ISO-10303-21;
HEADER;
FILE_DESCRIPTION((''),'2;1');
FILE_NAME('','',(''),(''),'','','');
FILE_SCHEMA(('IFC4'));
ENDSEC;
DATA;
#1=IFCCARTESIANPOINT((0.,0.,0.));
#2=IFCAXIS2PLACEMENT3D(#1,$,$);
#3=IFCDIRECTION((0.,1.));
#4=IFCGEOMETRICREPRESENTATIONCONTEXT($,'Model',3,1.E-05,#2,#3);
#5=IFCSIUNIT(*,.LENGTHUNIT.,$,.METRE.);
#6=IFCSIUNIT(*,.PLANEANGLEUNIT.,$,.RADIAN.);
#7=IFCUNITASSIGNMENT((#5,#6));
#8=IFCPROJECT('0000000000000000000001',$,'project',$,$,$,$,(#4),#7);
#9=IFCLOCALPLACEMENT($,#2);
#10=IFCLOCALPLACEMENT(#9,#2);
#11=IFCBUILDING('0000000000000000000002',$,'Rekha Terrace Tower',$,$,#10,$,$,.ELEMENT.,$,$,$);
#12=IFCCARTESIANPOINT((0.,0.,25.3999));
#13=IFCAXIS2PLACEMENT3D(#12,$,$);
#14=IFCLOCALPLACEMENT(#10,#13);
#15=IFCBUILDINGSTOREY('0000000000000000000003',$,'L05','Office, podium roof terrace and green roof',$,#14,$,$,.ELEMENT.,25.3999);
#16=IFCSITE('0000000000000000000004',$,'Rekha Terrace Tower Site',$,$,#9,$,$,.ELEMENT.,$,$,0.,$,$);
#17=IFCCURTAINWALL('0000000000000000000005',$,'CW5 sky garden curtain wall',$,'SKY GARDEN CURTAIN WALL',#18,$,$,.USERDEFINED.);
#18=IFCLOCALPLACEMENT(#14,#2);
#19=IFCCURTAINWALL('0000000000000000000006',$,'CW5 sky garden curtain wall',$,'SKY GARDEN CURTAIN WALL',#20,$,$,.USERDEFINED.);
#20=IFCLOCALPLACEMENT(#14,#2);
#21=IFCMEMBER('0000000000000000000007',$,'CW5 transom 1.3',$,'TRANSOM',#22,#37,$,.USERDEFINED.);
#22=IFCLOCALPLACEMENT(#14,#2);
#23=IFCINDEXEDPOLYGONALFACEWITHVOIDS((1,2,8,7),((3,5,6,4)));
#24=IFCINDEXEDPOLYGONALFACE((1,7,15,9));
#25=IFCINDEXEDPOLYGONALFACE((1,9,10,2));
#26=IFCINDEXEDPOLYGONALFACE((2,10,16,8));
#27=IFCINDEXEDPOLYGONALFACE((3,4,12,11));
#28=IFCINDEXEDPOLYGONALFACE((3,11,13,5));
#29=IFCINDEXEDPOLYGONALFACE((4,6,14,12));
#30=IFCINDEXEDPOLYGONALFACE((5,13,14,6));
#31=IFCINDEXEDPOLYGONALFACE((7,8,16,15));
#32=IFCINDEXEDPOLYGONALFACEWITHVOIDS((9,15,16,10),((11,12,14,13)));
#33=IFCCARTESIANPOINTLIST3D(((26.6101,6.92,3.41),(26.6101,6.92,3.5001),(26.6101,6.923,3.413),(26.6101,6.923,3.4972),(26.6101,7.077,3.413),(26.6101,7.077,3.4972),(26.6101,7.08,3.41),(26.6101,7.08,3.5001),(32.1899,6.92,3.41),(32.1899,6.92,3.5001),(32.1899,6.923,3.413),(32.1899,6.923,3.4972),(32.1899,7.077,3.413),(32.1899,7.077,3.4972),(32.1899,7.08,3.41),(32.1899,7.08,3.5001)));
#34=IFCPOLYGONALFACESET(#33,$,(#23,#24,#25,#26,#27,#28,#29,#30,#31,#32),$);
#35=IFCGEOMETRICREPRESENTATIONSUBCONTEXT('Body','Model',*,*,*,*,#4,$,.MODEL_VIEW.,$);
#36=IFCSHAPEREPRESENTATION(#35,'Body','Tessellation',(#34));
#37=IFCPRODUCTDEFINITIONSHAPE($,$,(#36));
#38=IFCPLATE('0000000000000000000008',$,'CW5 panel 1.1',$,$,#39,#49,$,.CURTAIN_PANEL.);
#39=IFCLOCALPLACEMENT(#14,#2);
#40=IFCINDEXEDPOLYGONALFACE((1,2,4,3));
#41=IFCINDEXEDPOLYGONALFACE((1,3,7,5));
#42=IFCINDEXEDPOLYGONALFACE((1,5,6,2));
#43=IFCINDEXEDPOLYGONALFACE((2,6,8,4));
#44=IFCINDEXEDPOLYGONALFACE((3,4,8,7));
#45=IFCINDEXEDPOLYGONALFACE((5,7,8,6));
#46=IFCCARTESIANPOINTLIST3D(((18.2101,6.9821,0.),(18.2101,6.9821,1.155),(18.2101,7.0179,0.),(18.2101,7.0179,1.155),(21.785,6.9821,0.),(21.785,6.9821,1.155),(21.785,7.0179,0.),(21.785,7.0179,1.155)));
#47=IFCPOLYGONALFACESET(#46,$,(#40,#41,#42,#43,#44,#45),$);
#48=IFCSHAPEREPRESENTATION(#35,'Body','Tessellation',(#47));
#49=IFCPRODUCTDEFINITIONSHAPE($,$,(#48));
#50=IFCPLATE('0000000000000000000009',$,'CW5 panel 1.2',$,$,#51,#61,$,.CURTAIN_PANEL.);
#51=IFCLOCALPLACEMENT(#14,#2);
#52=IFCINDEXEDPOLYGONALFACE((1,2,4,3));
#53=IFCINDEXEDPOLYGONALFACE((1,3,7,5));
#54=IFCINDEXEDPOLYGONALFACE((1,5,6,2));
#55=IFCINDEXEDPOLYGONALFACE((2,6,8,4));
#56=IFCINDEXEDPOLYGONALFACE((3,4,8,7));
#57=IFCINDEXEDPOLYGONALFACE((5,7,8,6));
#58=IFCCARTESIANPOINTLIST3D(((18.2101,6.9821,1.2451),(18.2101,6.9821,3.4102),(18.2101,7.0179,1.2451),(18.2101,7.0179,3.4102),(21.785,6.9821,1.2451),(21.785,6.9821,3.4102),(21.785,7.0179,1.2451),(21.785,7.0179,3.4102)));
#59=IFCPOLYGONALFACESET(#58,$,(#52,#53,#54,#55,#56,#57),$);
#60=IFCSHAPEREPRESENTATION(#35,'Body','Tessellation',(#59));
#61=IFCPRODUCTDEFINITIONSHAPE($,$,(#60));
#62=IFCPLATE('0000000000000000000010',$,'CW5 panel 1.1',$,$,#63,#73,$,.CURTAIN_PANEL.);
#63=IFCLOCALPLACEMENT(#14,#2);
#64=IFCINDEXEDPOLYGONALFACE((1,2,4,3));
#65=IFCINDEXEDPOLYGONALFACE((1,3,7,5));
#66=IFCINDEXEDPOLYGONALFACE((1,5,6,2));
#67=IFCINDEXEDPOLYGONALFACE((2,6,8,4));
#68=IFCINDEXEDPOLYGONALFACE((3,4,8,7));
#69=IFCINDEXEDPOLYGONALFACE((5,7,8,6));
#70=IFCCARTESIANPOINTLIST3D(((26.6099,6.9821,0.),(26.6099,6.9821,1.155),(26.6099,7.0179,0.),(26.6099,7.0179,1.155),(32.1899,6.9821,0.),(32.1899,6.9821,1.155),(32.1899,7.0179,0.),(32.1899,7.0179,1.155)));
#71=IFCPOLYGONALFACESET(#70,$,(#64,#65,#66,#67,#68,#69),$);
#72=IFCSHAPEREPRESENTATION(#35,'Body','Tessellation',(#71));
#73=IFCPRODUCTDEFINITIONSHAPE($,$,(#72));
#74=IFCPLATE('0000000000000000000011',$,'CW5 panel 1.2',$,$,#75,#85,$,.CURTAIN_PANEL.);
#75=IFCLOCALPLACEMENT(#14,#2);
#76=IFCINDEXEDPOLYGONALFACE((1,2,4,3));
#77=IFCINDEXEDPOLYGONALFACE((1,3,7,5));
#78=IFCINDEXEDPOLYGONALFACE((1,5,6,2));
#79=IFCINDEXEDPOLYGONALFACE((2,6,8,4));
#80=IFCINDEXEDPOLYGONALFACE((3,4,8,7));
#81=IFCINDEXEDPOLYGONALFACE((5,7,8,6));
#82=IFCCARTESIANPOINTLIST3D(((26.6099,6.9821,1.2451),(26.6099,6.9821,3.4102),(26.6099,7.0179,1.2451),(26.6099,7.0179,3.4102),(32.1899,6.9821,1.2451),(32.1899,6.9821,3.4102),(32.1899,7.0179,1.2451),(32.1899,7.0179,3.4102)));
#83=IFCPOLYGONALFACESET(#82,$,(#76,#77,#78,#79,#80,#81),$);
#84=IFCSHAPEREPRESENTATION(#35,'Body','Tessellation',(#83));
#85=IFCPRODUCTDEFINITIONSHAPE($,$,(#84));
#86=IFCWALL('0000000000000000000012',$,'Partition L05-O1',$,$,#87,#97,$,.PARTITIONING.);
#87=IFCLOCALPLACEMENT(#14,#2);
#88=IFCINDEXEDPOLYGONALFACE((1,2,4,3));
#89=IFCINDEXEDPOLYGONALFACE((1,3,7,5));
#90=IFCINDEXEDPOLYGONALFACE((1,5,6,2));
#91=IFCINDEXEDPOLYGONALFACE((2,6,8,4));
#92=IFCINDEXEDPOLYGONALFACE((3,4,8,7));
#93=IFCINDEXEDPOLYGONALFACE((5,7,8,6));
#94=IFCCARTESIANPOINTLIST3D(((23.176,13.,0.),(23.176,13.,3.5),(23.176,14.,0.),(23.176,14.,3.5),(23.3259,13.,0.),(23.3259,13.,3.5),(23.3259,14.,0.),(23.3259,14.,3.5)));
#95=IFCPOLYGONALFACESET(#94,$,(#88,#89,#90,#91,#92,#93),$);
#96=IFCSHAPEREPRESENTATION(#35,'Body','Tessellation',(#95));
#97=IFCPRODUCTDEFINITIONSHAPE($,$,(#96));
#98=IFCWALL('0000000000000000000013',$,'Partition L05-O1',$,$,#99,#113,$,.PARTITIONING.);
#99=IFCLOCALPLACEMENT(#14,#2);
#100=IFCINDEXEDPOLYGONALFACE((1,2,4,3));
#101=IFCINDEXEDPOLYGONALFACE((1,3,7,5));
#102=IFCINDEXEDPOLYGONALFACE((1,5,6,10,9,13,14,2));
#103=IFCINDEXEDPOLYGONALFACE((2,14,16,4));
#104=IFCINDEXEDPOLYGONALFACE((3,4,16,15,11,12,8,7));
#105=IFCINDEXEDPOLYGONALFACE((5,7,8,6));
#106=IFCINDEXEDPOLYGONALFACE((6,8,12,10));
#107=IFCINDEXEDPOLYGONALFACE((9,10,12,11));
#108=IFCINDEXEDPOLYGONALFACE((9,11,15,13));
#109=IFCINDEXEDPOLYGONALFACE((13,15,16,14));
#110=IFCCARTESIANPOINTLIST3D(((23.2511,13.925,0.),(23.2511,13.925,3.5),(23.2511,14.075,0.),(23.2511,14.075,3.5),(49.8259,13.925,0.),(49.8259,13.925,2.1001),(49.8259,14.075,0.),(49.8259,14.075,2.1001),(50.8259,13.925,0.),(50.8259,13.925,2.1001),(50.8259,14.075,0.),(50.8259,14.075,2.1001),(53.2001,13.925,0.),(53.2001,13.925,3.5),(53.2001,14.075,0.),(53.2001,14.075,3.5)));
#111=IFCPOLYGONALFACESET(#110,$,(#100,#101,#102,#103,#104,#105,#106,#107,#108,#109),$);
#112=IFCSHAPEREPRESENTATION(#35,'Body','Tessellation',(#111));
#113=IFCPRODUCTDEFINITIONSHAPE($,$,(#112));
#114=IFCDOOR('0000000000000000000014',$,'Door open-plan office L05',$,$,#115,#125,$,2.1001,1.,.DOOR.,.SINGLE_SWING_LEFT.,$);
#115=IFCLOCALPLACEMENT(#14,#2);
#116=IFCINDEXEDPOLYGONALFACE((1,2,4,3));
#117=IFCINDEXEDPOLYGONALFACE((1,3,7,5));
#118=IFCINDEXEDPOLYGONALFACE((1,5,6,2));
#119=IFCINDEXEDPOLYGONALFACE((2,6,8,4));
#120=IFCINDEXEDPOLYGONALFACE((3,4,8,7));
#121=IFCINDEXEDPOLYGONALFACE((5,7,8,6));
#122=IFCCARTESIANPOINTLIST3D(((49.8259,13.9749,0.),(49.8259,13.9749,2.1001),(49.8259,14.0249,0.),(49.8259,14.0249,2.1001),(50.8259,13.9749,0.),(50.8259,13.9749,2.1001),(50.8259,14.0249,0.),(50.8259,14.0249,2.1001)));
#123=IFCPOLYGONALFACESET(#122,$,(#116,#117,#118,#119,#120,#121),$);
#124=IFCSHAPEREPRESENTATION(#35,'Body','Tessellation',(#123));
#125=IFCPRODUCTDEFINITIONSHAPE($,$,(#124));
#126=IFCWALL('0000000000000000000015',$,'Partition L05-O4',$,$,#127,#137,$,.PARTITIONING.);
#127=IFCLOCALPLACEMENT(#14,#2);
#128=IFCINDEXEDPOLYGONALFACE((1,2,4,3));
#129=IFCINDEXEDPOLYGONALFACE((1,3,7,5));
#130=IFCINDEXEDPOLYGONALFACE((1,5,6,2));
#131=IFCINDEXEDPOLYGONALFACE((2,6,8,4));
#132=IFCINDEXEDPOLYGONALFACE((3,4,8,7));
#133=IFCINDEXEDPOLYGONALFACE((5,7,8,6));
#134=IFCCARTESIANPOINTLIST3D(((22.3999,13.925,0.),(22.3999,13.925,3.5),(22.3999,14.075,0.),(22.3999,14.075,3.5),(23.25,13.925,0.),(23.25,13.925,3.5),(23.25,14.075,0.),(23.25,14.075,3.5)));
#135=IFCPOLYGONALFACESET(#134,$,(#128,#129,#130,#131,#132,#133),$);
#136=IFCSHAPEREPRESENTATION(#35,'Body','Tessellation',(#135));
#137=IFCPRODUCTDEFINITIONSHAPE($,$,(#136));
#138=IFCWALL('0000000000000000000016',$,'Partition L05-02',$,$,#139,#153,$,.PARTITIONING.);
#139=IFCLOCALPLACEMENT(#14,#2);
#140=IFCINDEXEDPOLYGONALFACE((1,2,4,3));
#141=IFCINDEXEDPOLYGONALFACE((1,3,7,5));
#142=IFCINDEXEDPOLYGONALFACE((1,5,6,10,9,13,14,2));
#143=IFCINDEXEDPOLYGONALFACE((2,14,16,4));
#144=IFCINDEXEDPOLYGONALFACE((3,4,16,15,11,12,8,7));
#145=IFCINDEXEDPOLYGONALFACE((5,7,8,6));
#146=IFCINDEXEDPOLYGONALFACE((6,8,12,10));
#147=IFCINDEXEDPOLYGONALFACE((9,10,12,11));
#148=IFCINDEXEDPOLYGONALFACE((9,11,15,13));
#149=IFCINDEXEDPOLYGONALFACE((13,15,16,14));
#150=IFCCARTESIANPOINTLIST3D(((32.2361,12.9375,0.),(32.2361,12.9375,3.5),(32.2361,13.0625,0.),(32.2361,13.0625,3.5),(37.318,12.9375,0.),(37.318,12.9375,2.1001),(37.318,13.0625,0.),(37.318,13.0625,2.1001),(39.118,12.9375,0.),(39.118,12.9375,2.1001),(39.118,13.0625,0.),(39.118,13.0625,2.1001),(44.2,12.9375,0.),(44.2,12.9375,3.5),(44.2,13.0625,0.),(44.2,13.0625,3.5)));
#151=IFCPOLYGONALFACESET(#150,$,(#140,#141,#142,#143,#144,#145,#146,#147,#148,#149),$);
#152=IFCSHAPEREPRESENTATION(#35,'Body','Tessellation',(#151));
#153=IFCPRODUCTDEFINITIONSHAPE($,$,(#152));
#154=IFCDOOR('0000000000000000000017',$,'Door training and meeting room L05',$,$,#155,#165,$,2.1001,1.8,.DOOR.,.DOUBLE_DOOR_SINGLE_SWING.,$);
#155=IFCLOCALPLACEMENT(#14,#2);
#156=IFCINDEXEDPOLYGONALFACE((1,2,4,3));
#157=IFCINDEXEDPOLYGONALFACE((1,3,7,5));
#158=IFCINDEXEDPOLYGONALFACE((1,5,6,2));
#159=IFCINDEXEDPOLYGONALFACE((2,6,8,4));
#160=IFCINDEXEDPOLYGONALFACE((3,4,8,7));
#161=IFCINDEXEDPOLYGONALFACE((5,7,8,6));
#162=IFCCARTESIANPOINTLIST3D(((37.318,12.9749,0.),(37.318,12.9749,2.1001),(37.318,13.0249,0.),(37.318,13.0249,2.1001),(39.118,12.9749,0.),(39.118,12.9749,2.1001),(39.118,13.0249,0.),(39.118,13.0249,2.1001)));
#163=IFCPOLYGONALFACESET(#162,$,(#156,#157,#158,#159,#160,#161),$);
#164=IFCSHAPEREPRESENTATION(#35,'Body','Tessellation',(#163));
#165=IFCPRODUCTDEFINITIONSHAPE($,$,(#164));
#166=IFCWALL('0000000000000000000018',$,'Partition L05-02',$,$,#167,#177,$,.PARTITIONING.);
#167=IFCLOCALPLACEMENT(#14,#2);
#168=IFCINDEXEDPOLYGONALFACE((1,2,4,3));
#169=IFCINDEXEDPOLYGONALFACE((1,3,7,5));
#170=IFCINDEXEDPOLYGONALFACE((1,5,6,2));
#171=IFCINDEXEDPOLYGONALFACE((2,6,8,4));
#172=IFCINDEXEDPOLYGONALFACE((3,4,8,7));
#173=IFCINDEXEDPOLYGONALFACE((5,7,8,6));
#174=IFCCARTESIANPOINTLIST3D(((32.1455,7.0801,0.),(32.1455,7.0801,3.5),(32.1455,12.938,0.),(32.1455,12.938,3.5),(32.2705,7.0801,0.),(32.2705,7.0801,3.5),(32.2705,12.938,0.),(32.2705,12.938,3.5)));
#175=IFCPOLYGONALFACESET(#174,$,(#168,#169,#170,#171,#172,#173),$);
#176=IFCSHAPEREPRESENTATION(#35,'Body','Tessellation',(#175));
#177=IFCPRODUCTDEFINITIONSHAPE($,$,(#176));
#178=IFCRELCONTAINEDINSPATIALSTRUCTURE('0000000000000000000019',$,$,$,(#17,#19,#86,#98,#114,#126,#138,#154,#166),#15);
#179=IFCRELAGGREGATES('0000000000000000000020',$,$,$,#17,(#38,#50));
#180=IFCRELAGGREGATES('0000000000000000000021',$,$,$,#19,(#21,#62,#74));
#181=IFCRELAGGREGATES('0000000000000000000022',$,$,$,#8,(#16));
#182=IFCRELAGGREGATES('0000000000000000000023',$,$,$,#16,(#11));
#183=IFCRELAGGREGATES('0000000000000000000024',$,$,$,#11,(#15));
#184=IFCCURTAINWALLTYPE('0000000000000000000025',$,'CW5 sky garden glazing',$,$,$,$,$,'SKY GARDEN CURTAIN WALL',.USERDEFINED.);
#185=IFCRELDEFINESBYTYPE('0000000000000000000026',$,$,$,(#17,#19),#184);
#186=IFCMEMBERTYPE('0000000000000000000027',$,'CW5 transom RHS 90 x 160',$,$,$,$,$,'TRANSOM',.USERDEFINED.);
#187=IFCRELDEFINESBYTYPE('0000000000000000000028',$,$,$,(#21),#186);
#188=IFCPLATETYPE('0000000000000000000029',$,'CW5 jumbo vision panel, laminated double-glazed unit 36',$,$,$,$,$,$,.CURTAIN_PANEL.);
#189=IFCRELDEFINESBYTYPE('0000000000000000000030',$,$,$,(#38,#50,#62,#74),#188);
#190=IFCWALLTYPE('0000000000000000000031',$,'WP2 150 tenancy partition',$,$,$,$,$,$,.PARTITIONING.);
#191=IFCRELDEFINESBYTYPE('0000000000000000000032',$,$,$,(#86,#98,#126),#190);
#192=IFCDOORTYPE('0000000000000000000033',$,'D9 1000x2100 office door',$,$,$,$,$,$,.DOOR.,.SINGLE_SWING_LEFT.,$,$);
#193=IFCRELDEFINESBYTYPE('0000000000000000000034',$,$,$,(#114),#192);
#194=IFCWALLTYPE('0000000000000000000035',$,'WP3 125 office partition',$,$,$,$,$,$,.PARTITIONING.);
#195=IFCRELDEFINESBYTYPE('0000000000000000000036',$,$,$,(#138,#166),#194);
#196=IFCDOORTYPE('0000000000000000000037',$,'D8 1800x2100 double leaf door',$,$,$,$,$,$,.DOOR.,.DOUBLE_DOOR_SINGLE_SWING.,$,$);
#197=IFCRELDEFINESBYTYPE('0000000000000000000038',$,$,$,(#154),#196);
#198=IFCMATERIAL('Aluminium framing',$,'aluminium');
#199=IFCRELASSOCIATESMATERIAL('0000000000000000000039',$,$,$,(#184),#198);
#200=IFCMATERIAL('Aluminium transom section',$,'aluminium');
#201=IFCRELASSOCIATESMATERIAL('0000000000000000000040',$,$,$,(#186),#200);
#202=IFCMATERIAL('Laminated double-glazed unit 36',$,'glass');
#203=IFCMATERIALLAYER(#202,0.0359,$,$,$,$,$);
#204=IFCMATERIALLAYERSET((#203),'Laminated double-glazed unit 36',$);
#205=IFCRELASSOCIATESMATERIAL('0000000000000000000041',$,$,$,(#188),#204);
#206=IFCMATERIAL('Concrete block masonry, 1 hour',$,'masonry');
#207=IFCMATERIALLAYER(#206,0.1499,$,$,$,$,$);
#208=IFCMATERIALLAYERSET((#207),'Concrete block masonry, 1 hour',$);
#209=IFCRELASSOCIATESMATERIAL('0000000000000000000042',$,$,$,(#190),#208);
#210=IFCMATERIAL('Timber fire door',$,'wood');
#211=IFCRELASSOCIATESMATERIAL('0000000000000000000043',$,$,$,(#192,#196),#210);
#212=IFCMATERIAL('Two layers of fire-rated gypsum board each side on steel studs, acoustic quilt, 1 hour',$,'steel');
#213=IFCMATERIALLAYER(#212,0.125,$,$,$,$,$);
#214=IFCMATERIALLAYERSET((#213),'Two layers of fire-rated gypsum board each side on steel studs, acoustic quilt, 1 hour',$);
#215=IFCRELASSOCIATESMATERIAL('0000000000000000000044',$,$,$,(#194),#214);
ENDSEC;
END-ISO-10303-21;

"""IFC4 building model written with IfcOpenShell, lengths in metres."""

from ifc_helpers import new_model, si_unit, direction, frame, frame_2d, origin, origin_2d, place, context, subcontext, project, spatial, rectangle, hollow_rectangle, extrude, material, layer, layer_set, material_profile, profile_set, type_object, element, fill, aggregate, save


model = new_model("IFC4")

# Units and contexts
model_context = context("Model", 3, precision=1e-05, world=origin(), true_north=direction((0.0, 1.0)))
body_context = subcontext(model_context, "Body", "Model", "MODEL_VIEW")
ifc_project = project(units=[si_unit("LENGTHUNIT", "METRE"), si_unit("PLANEANGLEUNIT", "RADIAN")], contexts=[model_context])

# Site, building, storey
site_placement = place(None, origin())
site = spatial("IfcSite", under=ifc_project, at=site_placement, Name="Rekha Terrace Tower Site", CompositionType="ELEMENT", RefElevation=0.0)
building_placement = place(site_placement, origin())
building = spatial("IfcBuilding", under=site, at=building_placement, Name="Rekha Terrace Tower", CompositionType="ELEMENT")
storey_placement = place(building_placement, frame((0.0, 0.0, 25.3999)))
storey = spatial("IfcBuildingStorey", under=building, at=storey_placement, Name="L05", Description="Office, podium roof terrace and green roof", CompositionType="ELEMENT", Elevation=25.3999)

# Shared definitions
ifc_material_1 = material(Name="Aluminium framing", Category="aluminium")
curtain_wall_type = type_object("IfcCurtainWallType", Name="CW5 sky garden glazing", ElementType="SKY GARDEN CURTAIN WALL", PredefinedType="USERDEFINED", material=ifc_material_1)

# Curtain walls
curtain_wall_1_placement = place(storey_placement, origin())
curtain_wall_1 = element("IfcCurtainWall", 1, at=curtain_wall_1_placement, inside=storey, type_object=curtain_wall_type, Name="CW5 sky garden curtain wall", ObjectType="SKY GARDEN CURTAIN WALL", PredefinedType="USERDEFINED")
curtain_wall_2_placement = place(storey_placement, origin())
curtain_wall_2 = element("IfcCurtainWall", 2, at=curtain_wall_2_placement, inside=storey, type_object=curtain_wall_type, Name="CW5 sky garden curtain wall", ObjectType="SKY GARDEN CURTAIN WALL", PredefinedType="USERDEFINED")

# Member
ifc_material_2 = material(Name="Aluminium transom section", Category="aluminium")
ifc_material_profile_1 = material_profile(ifc_material_2, hollow_rectangle(XDim=0.1599, YDim=0.0901, WallThickness=0.0029, at=origin_2d()), Name="AL RHS 160x90")
ifc_profile_set_1 = profile_set([ifc_material_profile_1], Name="Aluminium transom section")
member_type_1 = type_object("IfcMemberType", Name="CW5 transom RHS 90 x 160", ElementType="TRANSOM", PredefinedType="USERDEFINED", material=ifc_profile_set_1)
member_1_placement = place(storey_placement, frame((26.6101, 7.0, 3.4551), z_axis=(1.0, 0.0, 0.0), x_axis=(0.0, 1.0, 0.0)))
member_1 = element("IfcMember", 3, at=member_1_placement, type_object=member_type_1, Name="CW5 transom 1.3", ObjectType="TRANSOM", PredefinedType="USERDEFINED", context=body_context, shape_type="SweptSolid", body=[
    extrude(hollow_rectangle(XDim=0.1599, YDim=0.0901, WallThickness=0.0029, at=origin_2d()), origin(), (0.0, 0.0, 1.0), 5.5798),
])

# Plates
ifc_material_3 = material(Name="Laminated double-glazed unit 36", Category="glass")
ifc_layer_1 = layer(ifc_material_3, 0.0359)
ifc_layer_set_1 = layer_set([ifc_layer_1], Name="Laminated double-glazed unit 36")
plate_type = type_object("IfcPlateType", Name="CW5 jumbo vision panel, laminated double-glazed unit 36", PredefinedType="CURTAIN_PANEL", material=ifc_layer_set_1)
plate_1_placement = place(storey_placement, frame((19.9976, 7.0, 0.0), z_axis=(0.0, 0.0, 1.0), x_axis=(1.0, 0.0, 0.0)))
plate_1 = element("IfcPlate", 4, at=plate_1_placement, type_object=plate_type, Name="CW5 panel 1.1", PredefinedType="CURTAIN_PANEL", context=body_context, shape_type="SweptSolid", body=[
    extrude(rectangle(XDim=3.575, YDim=0.0359, at=origin_2d()), origin(), (0.0, 0.0, 1.0), 1.155),
])
plate_2_placement = place(storey_placement, frame((19.9976, 7.0, 1.2451), z_axis=(0.0, 0.0, 1.0), x_axis=(1.0, 0.0, 0.0)))
plate_2 = element("IfcPlate", 5, at=plate_2_placement, type_object=plate_type, Name="CW5 panel 1.2", PredefinedType="CURTAIN_PANEL", context=body_context, shape_type="SweptSolid", body=[
    extrude(rectangle(XDim=3.575, YDim=0.0359, at=origin_2d()), origin(), (0.0, 0.0, 1.0), 2.165),
])
aggregate(curtain_wall_1, [plate_1, plate_2])
plate_3_placement = place(storey_placement, frame((29.3999, 7.0, 0.0), z_axis=(0.0, 0.0, 1.0), x_axis=(1.0, 0.0, 0.0)))
plate_3 = element("IfcPlate", 6, at=plate_3_placement, type_object=plate_type, Name="CW5 panel 1.1", PredefinedType="CURTAIN_PANEL", context=body_context, shape_type="SweptSolid", body=[
    extrude(rectangle(XDim=5.5801, YDim=0.0359, at=origin_2d()), origin(), (0.0, 0.0, 1.0), 1.155),
])
plate_4_placement = place(storey_placement, frame((29.3999, 7.0, 1.2451), z_axis=(0.0, 0.0, 1.0), x_axis=(1.0, 0.0, 0.0)))
plate_4 = element("IfcPlate", 7, at=plate_4_placement, type_object=plate_type, Name="CW5 panel 1.2", PredefinedType="CURTAIN_PANEL", context=body_context, shape_type="SweptSolid", body=[
    extrude(rectangle(XDim=5.5801, YDim=0.0359, at=origin_2d()), origin(), (0.0, 0.0, 1.0), 2.165),
])
aggregate(curtain_wall_2, [member_1, plate_3, plate_4])

# Wall
ifc_material_4 = material(Name="Concrete block masonry, 1 hour", Category="masonry")
ifc_layer_2 = layer(ifc_material_4, 0.1499)
ifc_layer_set_2 = layer_set([ifc_layer_2], Name="Concrete block masonry, 1 hour")
wall_type_1 = type_object("IfcWallType", Name="WP2 150 tenancy partition", PredefinedType="PARTITIONING", material=ifc_layer_set_2)
wall_1_placement = place(storey_placement, frame((23.251, 13.0, 0.0), z_axis=(0.0, 0.0, 1.0), x_axis=(0.0, 1.0, 0.0)))
element("IfcWall", 8, at=wall_1_placement, inside=storey, type_object=wall_type_1, Name="Partition L05-O1", PredefinedType="PARTITIONING", context=body_context, shape_type="SweptSolid", body=[
    extrude(rectangle(XDim=1.0, YDim=0.1499, at=frame_2d((0.5, 0.0))), origin(), (0.0, 0.0, 1.0), 3.5),
])

# Wall, opening, door
wall_2_placement = place(storey_placement, frame((23.251, 14.0, 0.0), z_axis=(0.0, 0.0, 1.0), x_axis=(1.0, 0.0, 0.0)))
wall_2 = element("IfcWall", 9, at=wall_2_placement, inside=storey, type_object=wall_type_1, Name="Partition L05-O1", PredefinedType="PARTITIONING", context=body_context, shape_type="SweptSolid", body=[
    extrude(rectangle(XDim=29.949, YDim=0.1499, at=frame_2d((14.9746, 0.0))), origin(), (0.0, 0.0, 1.0), 3.5),
])
opening_1_placement = place(wall_2_placement, frame((26.575, 0.0, 0.0)))
opening_1 = element("IfcOpeningElement", 10, at=opening_1_placement, cuts=wall_2, PredefinedType="OPENING", context=body_context, shape_type="SweptSolid", body=[
    extrude(rectangle(XDim=1.0, YDim=2.1001, at=frame_2d((0.5, 1.05))), frame((0.0, 0.085, 0.0), z_axis=(0.0, -1.0, 0.0), x_axis=(1.0, 0.0, 0.0)), (0.0, 0.0, 1.0), 0.1699),
])
ifc_material_5 = material(Name="Timber fire door", Category="wood")
door_type_1 = type_object("IfcDoorType", Name="D9 1000x2100 office door", OperationType="SINGLE_SWING_LEFT", PredefinedType="DOOR", material=ifc_material_5)
door_1_placement = place(opening_1_placement, origin())
door_1 = element("IfcDoor", 11, at=door_1_placement, inside=storey, type_object=door_type_1, Name="Door open-plan office L05", OperationType="SINGLE_SWING_LEFT", OverallHeight=2.1001, OverallWidth=1.0, PredefinedType="DOOR", context=body_context, shape_type="SweptSolid", body=[
    extrude(rectangle(XDim=1.0, YDim=2.1001, at=frame_2d((0.5, 1.05))), frame((0.0, 0.0249, 0.0), z_axis=(0.0, -1.0, 0.0), x_axis=(1.0, 0.0, 0.0)), (0.0, 0.0, 1.0), 0.05),
])
fill(opening_1, door_1)

# Wall
wall_3_placement = place(storey_placement, frame((22.3999, 14.0, 0.0), z_axis=(0.0, 0.0, 1.0), x_axis=(1.0, 0.0, 0.0)))
element("IfcWall", 12, at=wall_3_placement, inside=storey, type_object=wall_type_1, Name="Partition L05-O4", PredefinedType="PARTITIONING", context=body_context, shape_type="SweptSolid", body=[
    extrude(rectangle(XDim=0.8501, YDim=0.1499, at=frame_2d((0.425, 0.0))), origin(), (0.0, 0.0, 1.0), 3.5),
])

# Wall, opening, door
ifc_material_6 = material(Name="Two layers of fire-rated gypsum board each side on steel studs, acoustic quilt, 1 hour", Category="steel")
ifc_layer_3 = layer(ifc_material_6, 0.125)
ifc_layer_set_3 = layer_set([ifc_layer_3], Name="Two layers of fire-rated gypsum board each side on steel studs, acoustic quilt, 1 hour")
wall_type_2 = type_object("IfcWallType", Name="WP3 125 office partition", PredefinedType="PARTITIONING", material=ifc_layer_set_3)
wall_4_placement = place(storey_placement, frame((32.2361, 13.0, 0.0), z_axis=(0.0, 0.0, 1.0), x_axis=(1.0, 0.0, 0.0)))
wall_4 = element("IfcWall", 13, at=wall_4_placement, inside=storey, type_object=wall_type_2, Name="Partition L05-02", PredefinedType="PARTITIONING", context=body_context, shape_type="SweptSolid", body=[
    extrude(rectangle(XDim=11.9639, YDim=0.125, at=frame_2d((5.9819, 0.0))), origin(), (0.0, 0.0, 1.0), 3.5),
])
opening_2_placement = place(wall_4_placement, frame((5.082, 0.0, 0.0)))
opening_2 = element("IfcOpeningElement", 14, at=opening_2_placement, cuts=wall_4, PredefinedType="OPENING", context=body_context, shape_type="SweptSolid", body=[
    extrude(rectangle(XDim=1.8, YDim=2.1001, at=frame_2d((0.8999, 1.05))), frame((0.0, 0.0725, 0.0), z_axis=(0.0, -1.0, 0.0), x_axis=(1.0, 0.0, 0.0)), (0.0, 0.0, 1.0), 0.145),
])
door_type_2 = type_object("IfcDoorType", Name="D8 1800x2100 double leaf door", OperationType="DOUBLE_DOOR_SINGLE_SWING", PredefinedType="DOOR", material=ifc_material_5)
door_2_placement = place(opening_2_placement, origin())
door_2 = element("IfcDoor", 15, at=door_2_placement, inside=storey, type_object=door_type_2, Name="Door training and meeting room L05", OperationType="DOUBLE_DOOR_SINGLE_SWING", OverallHeight=2.1001, OverallWidth=1.8, PredefinedType="DOOR", context=body_context, shape_type="SweptSolid", body=[
    extrude(rectangle(XDim=1.8, YDim=2.1001, at=frame_2d((0.8999, 1.05))), frame((0.0, 0.0249, 0.0), z_axis=(0.0, -1.0, 0.0), x_axis=(1.0, 0.0, 0.0)), (0.0, 0.0, 1.0), 0.05),
])
fill(opening_2, door_2)

# Wall
wall_5_placement = place(storey_placement, frame((32.208, 7.0801, 0.0), z_axis=(0.0, 0.0, 1.0), x_axis=(0.0, 1.0, 0.0)))
element("IfcWall", 16, at=wall_5_placement, inside=storey, type_object=wall_type_2, Name="Partition L05-02", PredefinedType="PARTITIONING", context=body_context, shape_type="SweptSolid", body=[
    extrude(rectangle(XDim=5.8579, YDim=0.125, at=frame_2d((2.929, 0.0))), origin(), (0.0, 0.0, 1.0), 3.5),
])

save(model, "model.ifc")
